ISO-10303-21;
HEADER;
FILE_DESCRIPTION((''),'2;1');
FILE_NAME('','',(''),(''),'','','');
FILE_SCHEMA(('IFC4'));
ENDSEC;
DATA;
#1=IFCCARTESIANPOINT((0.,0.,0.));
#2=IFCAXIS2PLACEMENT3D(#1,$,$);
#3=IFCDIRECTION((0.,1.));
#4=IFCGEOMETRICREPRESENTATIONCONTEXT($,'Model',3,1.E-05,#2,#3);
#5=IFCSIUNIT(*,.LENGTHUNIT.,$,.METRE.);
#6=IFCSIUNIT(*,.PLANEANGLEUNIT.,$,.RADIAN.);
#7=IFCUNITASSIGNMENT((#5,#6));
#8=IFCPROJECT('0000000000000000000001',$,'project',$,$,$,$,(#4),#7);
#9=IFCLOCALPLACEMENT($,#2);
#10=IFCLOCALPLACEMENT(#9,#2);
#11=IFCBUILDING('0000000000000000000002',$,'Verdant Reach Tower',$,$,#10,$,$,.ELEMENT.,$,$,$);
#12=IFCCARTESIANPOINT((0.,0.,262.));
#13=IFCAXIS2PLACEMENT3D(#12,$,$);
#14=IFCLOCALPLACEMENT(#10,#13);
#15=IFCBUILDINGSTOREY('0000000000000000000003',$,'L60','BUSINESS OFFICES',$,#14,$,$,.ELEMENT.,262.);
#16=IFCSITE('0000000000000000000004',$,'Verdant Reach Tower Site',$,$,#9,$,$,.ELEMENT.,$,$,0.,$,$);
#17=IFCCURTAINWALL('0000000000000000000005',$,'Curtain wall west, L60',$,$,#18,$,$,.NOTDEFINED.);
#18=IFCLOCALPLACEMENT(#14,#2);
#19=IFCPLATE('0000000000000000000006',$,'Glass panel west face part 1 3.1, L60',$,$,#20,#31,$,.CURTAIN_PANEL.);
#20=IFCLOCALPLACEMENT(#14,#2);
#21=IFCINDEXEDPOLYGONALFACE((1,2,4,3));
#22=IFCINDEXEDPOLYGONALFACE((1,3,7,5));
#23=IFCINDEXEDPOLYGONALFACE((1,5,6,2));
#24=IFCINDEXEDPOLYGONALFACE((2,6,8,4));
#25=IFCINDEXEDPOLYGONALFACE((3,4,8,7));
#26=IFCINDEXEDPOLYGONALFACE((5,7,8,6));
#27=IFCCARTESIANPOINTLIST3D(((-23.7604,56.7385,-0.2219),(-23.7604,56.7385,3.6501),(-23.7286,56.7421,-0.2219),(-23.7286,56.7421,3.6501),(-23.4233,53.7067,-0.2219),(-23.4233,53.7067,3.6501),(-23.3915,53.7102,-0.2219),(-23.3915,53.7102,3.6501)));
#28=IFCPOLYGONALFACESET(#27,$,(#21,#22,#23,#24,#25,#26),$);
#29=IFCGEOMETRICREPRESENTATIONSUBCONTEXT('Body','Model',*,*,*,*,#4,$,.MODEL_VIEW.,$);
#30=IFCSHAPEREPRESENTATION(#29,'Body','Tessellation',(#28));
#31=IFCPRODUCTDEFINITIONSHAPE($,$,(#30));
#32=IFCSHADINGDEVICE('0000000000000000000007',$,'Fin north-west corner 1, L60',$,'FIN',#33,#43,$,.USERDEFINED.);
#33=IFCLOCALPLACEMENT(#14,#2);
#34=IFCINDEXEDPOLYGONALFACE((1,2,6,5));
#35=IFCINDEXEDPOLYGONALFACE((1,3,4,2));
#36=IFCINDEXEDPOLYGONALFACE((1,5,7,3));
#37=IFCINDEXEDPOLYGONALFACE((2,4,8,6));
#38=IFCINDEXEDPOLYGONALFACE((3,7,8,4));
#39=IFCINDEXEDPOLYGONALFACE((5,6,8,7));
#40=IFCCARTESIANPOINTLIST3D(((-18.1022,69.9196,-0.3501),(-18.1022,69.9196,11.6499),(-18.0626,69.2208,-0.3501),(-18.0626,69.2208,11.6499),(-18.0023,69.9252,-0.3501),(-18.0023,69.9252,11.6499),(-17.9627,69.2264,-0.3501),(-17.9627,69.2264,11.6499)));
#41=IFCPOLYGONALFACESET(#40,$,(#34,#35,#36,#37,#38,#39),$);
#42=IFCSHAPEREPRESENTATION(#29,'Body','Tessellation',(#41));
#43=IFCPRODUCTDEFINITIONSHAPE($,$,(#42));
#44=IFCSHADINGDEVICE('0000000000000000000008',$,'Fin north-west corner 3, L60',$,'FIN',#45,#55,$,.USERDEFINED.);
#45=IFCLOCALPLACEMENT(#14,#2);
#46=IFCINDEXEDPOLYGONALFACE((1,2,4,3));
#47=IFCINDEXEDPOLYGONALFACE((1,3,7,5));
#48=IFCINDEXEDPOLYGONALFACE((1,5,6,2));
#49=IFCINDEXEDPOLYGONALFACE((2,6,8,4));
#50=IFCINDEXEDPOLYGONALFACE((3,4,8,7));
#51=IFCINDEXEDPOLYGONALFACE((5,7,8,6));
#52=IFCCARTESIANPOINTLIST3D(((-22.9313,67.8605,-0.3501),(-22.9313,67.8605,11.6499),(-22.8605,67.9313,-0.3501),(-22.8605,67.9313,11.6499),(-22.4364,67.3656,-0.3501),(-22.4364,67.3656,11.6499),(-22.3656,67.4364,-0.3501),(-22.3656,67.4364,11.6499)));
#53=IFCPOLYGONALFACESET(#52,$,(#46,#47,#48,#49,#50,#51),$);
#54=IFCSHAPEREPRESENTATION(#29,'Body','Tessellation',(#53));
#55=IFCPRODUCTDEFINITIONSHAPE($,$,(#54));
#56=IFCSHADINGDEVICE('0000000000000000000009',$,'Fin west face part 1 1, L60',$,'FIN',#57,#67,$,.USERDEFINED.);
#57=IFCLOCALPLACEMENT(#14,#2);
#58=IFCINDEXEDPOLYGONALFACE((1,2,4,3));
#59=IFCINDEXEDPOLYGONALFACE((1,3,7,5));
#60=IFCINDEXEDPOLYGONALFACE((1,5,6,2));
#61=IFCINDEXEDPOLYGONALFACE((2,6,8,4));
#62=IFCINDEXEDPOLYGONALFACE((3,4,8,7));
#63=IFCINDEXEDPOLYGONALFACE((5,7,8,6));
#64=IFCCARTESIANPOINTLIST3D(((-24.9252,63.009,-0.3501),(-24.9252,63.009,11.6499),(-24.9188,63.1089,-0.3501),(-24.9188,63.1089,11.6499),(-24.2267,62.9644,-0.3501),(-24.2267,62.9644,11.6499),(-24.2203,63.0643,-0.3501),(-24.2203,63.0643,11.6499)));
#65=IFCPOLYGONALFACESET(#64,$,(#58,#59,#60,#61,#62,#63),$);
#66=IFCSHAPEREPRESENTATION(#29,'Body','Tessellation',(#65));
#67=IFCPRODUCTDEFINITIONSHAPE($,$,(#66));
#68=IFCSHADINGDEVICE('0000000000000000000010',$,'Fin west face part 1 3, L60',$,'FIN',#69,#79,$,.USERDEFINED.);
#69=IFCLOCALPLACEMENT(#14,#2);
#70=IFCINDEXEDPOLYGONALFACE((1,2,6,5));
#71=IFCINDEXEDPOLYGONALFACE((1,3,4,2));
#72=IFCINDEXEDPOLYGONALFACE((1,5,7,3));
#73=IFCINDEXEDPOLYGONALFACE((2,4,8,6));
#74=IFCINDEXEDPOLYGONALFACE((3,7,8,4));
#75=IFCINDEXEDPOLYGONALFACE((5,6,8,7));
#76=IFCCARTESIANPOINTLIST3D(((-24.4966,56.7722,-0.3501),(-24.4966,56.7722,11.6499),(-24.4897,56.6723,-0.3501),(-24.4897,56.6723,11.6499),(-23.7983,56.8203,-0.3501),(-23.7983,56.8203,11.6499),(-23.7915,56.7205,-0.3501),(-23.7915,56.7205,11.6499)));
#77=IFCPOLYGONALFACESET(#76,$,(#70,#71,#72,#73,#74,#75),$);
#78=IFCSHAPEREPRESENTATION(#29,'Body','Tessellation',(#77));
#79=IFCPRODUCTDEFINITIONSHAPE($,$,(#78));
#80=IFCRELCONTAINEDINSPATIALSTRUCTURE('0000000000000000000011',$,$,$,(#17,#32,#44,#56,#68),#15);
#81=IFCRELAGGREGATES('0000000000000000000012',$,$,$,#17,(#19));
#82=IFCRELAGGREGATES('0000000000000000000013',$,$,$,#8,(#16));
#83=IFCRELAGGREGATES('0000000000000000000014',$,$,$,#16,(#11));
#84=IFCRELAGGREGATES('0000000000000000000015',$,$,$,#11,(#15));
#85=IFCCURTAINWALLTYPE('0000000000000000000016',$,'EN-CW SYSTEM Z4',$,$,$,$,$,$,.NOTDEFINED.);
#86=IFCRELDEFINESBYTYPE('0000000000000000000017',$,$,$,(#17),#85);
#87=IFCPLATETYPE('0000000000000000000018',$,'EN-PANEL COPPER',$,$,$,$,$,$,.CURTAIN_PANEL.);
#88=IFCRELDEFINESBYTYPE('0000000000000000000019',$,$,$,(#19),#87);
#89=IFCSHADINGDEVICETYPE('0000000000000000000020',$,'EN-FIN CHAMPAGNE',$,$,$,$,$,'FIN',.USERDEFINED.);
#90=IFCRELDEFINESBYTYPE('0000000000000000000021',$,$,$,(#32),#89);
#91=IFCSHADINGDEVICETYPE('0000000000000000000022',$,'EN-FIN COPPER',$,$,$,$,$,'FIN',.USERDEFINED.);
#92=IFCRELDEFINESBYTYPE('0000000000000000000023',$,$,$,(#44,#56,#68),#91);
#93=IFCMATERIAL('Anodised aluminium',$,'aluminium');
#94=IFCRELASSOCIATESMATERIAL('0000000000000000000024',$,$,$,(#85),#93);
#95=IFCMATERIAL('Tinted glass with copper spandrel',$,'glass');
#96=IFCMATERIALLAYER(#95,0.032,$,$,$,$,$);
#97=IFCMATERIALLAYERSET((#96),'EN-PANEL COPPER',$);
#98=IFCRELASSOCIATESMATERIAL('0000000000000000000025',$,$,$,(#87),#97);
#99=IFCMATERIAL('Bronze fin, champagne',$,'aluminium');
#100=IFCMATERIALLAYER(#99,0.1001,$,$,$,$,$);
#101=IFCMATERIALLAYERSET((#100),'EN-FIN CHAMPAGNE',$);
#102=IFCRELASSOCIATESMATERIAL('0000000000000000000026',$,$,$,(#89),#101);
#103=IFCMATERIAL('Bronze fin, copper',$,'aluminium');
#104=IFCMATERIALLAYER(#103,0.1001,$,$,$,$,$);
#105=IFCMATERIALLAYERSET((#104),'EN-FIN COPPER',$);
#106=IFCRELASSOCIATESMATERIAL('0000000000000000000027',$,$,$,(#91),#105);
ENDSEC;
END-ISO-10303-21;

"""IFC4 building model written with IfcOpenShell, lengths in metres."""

from ifc_helpers import new_model, si_unit, direction, frame, origin, origin_2d, place, context, subcontext, project, spatial, rectangle, extrude, material, layer, layer_set, type_object, element, aggregate, save


model = new_model("IFC4")

# Units and contexts
model_context = context("Model", 3, precision=1e-05, world=origin(), true_north=direction((0.0, 1.0)))
body_context = subcontext(model_context, "Body", "Model", "MODEL_VIEW")
ifc_project = project(units=[si_unit("LENGTHUNIT", "METRE"), si_unit("PLANEANGLEUNIT", "RADIAN")], contexts=[model_context])

# Site, building, storey
site_placement = place(None, origin())
site = spatial("IfcSite", under=ifc_project, at=site_placement, Name="Verdant Reach Tower Site", CompositionType="ELEMENT", RefElevation=0.0)
building_placement = place(site_placement, origin())
building = spatial("IfcBuilding", under=site, at=building_placement, Name="Verdant Reach Tower", CompositionType="ELEMENT")
storey_placement = place(building_placement, frame((0.0, 0.0, 262.0)))
storey = spatial("IfcBuildingStorey", under=building, at=storey_placement, Name="L60", Description="BUSINESS OFFICES", CompositionType="ELEMENT", Elevation=262.0)

# Curtain wall
ifc_material_1 = material(Name="Anodised aluminium", Category="aluminium")
curtain_wall_type = type_object("IfcCurtainWallType", Name="EN-CW SYSTEM Z4", PredefinedType="NOTDEFINED", material=ifc_material_1)
curtain_wall_1_placement = place(storey_placement, origin())
curtain_wall_1 = element("IfcCurtainWall", 1, at=curtain_wall_1_placement, inside=storey, type_object=curtain_wall_type, Name="Curtain wall west, L60", PredefinedType="NOTDEFINED")

# Shared definitions
ifc_material_2 = material(Name="Tinted glass with copper spandrel", Category="glass")
ifc_layer_1 = layer(ifc_material_2, 0.032)
ifc_layer_set_1 = layer_set([ifc_layer_1], Name="EN-PANEL COPPER")
plate_type_1 = type_object("IfcPlateType", Name="EN-PANEL COPPER", PredefinedType="CURTAIN_PANEL", material=ifc_layer_set_1)

# Plate
plate_1_placement = place(storey_placement, frame((-23.5759, 55.2244, -0.2219), z_axis=(0.0, 0.0, 1.0), x_axis=(0.110518, -0.993874, 0.0)))
plate_1 = element("IfcPlate", 2, at=plate_1_placement, type_object=plate_type_1, Name="Glass panel west face part 1 3.1, L60", PredefinedType="CURTAIN_PANEL", context=body_context, shape_type="SweptSolid", body=[
    extrude(rectangle(XDim=3.0505, YDim=0.032, at=origin_2d()), origin(), (0.0, 0.0, 1.0), 3.8721),
])
aggregate(curtain_wall_1, [plate_1])

# Shading devices
ifc_material_3 = material(Name="Bronze fin, champagne", Category="aluminium")
ifc_layer_2 = layer(ifc_material_3, 0.1001)
ifc_layer_set_2 = layer_set([ifc_layer_2], Name="EN-FIN CHAMPAGNE")
shading_device_type_1 = type_object("IfcShadingDeviceType", Name="EN-FIN CHAMPAGNE", ElementType="FIN", PredefinedType="USERDEFINED", material=ifc_layer_set_2)
shading_device_placement = place(storey_placement, frame((-18.0325, 69.573, -0.3501), z_axis=(0.0, 0.0, 1.0), x_axis=(-0.998399, -0.056569, 0.0)))
element("IfcShadingDevice", 3, at=shading_device_placement, inside=storey, type_object=shading_device_type_1, Name="Fin north-west corner 1, L60", ObjectType="FIN", PredefinedType="USERDEFINED", context=body_context, shape_type="SweptSolid", body=[
    extrude(rectangle(XDim=0.1001, YDim=0.7, at=origin_2d()), origin(), (0.0, 0.0, 1.0), 12.0),
])
ifc_material_4 = material(Name="Bronze fin, copper", Category="aluminium")
ifc_layer_3 = layer(ifc_material_4, 0.1001)
ifc_layer_set_3 = layer_set([ifc_layer_3], Name="EN-FIN COPPER")
shading_device_type_2 = type_object("IfcShadingDeviceType", Name="EN-FIN COPPER", ElementType="FIN", PredefinedType="USERDEFINED", material=ifc_layer_set_3)
for number, where, z_axis, x_axis, name in (
    (4, (-22.6484, 67.6484, -0.3501), (0.0, 0.0, 1.0), (-0.707107, -0.707107, 0.0), "Fin north-west corner 3, L60"),
    (5, (-24.5728, 63.0366, -0.3501), (0.0, 0.0, 1.0), (-0.063699, -0.997969, 0.0), "Fin west face part 1 1, L60"),
    (6, (-24.144, 56.7463, -0.3501), (0.0, 0.0, 1.0), (0.068802, -0.99763, 0.0), "Fin west face part 1 3, L60"),
):
    element("IfcShadingDevice", number, at=place(storey_placement, frame(where, z_axis=z_axis, x_axis=x_axis)), inside=storey, type_object=shading_device_type_2, Name=name, ObjectType="FIN", PredefinedType="USERDEFINED", context=body_context, shape_type="SweptSolid", body=[
        extrude(rectangle(XDim=0.1001, YDim=0.7, at=origin_2d()), origin(), (0.0, 0.0, 1.0), 12.0),
    ])

save(model, "model.ifc")
